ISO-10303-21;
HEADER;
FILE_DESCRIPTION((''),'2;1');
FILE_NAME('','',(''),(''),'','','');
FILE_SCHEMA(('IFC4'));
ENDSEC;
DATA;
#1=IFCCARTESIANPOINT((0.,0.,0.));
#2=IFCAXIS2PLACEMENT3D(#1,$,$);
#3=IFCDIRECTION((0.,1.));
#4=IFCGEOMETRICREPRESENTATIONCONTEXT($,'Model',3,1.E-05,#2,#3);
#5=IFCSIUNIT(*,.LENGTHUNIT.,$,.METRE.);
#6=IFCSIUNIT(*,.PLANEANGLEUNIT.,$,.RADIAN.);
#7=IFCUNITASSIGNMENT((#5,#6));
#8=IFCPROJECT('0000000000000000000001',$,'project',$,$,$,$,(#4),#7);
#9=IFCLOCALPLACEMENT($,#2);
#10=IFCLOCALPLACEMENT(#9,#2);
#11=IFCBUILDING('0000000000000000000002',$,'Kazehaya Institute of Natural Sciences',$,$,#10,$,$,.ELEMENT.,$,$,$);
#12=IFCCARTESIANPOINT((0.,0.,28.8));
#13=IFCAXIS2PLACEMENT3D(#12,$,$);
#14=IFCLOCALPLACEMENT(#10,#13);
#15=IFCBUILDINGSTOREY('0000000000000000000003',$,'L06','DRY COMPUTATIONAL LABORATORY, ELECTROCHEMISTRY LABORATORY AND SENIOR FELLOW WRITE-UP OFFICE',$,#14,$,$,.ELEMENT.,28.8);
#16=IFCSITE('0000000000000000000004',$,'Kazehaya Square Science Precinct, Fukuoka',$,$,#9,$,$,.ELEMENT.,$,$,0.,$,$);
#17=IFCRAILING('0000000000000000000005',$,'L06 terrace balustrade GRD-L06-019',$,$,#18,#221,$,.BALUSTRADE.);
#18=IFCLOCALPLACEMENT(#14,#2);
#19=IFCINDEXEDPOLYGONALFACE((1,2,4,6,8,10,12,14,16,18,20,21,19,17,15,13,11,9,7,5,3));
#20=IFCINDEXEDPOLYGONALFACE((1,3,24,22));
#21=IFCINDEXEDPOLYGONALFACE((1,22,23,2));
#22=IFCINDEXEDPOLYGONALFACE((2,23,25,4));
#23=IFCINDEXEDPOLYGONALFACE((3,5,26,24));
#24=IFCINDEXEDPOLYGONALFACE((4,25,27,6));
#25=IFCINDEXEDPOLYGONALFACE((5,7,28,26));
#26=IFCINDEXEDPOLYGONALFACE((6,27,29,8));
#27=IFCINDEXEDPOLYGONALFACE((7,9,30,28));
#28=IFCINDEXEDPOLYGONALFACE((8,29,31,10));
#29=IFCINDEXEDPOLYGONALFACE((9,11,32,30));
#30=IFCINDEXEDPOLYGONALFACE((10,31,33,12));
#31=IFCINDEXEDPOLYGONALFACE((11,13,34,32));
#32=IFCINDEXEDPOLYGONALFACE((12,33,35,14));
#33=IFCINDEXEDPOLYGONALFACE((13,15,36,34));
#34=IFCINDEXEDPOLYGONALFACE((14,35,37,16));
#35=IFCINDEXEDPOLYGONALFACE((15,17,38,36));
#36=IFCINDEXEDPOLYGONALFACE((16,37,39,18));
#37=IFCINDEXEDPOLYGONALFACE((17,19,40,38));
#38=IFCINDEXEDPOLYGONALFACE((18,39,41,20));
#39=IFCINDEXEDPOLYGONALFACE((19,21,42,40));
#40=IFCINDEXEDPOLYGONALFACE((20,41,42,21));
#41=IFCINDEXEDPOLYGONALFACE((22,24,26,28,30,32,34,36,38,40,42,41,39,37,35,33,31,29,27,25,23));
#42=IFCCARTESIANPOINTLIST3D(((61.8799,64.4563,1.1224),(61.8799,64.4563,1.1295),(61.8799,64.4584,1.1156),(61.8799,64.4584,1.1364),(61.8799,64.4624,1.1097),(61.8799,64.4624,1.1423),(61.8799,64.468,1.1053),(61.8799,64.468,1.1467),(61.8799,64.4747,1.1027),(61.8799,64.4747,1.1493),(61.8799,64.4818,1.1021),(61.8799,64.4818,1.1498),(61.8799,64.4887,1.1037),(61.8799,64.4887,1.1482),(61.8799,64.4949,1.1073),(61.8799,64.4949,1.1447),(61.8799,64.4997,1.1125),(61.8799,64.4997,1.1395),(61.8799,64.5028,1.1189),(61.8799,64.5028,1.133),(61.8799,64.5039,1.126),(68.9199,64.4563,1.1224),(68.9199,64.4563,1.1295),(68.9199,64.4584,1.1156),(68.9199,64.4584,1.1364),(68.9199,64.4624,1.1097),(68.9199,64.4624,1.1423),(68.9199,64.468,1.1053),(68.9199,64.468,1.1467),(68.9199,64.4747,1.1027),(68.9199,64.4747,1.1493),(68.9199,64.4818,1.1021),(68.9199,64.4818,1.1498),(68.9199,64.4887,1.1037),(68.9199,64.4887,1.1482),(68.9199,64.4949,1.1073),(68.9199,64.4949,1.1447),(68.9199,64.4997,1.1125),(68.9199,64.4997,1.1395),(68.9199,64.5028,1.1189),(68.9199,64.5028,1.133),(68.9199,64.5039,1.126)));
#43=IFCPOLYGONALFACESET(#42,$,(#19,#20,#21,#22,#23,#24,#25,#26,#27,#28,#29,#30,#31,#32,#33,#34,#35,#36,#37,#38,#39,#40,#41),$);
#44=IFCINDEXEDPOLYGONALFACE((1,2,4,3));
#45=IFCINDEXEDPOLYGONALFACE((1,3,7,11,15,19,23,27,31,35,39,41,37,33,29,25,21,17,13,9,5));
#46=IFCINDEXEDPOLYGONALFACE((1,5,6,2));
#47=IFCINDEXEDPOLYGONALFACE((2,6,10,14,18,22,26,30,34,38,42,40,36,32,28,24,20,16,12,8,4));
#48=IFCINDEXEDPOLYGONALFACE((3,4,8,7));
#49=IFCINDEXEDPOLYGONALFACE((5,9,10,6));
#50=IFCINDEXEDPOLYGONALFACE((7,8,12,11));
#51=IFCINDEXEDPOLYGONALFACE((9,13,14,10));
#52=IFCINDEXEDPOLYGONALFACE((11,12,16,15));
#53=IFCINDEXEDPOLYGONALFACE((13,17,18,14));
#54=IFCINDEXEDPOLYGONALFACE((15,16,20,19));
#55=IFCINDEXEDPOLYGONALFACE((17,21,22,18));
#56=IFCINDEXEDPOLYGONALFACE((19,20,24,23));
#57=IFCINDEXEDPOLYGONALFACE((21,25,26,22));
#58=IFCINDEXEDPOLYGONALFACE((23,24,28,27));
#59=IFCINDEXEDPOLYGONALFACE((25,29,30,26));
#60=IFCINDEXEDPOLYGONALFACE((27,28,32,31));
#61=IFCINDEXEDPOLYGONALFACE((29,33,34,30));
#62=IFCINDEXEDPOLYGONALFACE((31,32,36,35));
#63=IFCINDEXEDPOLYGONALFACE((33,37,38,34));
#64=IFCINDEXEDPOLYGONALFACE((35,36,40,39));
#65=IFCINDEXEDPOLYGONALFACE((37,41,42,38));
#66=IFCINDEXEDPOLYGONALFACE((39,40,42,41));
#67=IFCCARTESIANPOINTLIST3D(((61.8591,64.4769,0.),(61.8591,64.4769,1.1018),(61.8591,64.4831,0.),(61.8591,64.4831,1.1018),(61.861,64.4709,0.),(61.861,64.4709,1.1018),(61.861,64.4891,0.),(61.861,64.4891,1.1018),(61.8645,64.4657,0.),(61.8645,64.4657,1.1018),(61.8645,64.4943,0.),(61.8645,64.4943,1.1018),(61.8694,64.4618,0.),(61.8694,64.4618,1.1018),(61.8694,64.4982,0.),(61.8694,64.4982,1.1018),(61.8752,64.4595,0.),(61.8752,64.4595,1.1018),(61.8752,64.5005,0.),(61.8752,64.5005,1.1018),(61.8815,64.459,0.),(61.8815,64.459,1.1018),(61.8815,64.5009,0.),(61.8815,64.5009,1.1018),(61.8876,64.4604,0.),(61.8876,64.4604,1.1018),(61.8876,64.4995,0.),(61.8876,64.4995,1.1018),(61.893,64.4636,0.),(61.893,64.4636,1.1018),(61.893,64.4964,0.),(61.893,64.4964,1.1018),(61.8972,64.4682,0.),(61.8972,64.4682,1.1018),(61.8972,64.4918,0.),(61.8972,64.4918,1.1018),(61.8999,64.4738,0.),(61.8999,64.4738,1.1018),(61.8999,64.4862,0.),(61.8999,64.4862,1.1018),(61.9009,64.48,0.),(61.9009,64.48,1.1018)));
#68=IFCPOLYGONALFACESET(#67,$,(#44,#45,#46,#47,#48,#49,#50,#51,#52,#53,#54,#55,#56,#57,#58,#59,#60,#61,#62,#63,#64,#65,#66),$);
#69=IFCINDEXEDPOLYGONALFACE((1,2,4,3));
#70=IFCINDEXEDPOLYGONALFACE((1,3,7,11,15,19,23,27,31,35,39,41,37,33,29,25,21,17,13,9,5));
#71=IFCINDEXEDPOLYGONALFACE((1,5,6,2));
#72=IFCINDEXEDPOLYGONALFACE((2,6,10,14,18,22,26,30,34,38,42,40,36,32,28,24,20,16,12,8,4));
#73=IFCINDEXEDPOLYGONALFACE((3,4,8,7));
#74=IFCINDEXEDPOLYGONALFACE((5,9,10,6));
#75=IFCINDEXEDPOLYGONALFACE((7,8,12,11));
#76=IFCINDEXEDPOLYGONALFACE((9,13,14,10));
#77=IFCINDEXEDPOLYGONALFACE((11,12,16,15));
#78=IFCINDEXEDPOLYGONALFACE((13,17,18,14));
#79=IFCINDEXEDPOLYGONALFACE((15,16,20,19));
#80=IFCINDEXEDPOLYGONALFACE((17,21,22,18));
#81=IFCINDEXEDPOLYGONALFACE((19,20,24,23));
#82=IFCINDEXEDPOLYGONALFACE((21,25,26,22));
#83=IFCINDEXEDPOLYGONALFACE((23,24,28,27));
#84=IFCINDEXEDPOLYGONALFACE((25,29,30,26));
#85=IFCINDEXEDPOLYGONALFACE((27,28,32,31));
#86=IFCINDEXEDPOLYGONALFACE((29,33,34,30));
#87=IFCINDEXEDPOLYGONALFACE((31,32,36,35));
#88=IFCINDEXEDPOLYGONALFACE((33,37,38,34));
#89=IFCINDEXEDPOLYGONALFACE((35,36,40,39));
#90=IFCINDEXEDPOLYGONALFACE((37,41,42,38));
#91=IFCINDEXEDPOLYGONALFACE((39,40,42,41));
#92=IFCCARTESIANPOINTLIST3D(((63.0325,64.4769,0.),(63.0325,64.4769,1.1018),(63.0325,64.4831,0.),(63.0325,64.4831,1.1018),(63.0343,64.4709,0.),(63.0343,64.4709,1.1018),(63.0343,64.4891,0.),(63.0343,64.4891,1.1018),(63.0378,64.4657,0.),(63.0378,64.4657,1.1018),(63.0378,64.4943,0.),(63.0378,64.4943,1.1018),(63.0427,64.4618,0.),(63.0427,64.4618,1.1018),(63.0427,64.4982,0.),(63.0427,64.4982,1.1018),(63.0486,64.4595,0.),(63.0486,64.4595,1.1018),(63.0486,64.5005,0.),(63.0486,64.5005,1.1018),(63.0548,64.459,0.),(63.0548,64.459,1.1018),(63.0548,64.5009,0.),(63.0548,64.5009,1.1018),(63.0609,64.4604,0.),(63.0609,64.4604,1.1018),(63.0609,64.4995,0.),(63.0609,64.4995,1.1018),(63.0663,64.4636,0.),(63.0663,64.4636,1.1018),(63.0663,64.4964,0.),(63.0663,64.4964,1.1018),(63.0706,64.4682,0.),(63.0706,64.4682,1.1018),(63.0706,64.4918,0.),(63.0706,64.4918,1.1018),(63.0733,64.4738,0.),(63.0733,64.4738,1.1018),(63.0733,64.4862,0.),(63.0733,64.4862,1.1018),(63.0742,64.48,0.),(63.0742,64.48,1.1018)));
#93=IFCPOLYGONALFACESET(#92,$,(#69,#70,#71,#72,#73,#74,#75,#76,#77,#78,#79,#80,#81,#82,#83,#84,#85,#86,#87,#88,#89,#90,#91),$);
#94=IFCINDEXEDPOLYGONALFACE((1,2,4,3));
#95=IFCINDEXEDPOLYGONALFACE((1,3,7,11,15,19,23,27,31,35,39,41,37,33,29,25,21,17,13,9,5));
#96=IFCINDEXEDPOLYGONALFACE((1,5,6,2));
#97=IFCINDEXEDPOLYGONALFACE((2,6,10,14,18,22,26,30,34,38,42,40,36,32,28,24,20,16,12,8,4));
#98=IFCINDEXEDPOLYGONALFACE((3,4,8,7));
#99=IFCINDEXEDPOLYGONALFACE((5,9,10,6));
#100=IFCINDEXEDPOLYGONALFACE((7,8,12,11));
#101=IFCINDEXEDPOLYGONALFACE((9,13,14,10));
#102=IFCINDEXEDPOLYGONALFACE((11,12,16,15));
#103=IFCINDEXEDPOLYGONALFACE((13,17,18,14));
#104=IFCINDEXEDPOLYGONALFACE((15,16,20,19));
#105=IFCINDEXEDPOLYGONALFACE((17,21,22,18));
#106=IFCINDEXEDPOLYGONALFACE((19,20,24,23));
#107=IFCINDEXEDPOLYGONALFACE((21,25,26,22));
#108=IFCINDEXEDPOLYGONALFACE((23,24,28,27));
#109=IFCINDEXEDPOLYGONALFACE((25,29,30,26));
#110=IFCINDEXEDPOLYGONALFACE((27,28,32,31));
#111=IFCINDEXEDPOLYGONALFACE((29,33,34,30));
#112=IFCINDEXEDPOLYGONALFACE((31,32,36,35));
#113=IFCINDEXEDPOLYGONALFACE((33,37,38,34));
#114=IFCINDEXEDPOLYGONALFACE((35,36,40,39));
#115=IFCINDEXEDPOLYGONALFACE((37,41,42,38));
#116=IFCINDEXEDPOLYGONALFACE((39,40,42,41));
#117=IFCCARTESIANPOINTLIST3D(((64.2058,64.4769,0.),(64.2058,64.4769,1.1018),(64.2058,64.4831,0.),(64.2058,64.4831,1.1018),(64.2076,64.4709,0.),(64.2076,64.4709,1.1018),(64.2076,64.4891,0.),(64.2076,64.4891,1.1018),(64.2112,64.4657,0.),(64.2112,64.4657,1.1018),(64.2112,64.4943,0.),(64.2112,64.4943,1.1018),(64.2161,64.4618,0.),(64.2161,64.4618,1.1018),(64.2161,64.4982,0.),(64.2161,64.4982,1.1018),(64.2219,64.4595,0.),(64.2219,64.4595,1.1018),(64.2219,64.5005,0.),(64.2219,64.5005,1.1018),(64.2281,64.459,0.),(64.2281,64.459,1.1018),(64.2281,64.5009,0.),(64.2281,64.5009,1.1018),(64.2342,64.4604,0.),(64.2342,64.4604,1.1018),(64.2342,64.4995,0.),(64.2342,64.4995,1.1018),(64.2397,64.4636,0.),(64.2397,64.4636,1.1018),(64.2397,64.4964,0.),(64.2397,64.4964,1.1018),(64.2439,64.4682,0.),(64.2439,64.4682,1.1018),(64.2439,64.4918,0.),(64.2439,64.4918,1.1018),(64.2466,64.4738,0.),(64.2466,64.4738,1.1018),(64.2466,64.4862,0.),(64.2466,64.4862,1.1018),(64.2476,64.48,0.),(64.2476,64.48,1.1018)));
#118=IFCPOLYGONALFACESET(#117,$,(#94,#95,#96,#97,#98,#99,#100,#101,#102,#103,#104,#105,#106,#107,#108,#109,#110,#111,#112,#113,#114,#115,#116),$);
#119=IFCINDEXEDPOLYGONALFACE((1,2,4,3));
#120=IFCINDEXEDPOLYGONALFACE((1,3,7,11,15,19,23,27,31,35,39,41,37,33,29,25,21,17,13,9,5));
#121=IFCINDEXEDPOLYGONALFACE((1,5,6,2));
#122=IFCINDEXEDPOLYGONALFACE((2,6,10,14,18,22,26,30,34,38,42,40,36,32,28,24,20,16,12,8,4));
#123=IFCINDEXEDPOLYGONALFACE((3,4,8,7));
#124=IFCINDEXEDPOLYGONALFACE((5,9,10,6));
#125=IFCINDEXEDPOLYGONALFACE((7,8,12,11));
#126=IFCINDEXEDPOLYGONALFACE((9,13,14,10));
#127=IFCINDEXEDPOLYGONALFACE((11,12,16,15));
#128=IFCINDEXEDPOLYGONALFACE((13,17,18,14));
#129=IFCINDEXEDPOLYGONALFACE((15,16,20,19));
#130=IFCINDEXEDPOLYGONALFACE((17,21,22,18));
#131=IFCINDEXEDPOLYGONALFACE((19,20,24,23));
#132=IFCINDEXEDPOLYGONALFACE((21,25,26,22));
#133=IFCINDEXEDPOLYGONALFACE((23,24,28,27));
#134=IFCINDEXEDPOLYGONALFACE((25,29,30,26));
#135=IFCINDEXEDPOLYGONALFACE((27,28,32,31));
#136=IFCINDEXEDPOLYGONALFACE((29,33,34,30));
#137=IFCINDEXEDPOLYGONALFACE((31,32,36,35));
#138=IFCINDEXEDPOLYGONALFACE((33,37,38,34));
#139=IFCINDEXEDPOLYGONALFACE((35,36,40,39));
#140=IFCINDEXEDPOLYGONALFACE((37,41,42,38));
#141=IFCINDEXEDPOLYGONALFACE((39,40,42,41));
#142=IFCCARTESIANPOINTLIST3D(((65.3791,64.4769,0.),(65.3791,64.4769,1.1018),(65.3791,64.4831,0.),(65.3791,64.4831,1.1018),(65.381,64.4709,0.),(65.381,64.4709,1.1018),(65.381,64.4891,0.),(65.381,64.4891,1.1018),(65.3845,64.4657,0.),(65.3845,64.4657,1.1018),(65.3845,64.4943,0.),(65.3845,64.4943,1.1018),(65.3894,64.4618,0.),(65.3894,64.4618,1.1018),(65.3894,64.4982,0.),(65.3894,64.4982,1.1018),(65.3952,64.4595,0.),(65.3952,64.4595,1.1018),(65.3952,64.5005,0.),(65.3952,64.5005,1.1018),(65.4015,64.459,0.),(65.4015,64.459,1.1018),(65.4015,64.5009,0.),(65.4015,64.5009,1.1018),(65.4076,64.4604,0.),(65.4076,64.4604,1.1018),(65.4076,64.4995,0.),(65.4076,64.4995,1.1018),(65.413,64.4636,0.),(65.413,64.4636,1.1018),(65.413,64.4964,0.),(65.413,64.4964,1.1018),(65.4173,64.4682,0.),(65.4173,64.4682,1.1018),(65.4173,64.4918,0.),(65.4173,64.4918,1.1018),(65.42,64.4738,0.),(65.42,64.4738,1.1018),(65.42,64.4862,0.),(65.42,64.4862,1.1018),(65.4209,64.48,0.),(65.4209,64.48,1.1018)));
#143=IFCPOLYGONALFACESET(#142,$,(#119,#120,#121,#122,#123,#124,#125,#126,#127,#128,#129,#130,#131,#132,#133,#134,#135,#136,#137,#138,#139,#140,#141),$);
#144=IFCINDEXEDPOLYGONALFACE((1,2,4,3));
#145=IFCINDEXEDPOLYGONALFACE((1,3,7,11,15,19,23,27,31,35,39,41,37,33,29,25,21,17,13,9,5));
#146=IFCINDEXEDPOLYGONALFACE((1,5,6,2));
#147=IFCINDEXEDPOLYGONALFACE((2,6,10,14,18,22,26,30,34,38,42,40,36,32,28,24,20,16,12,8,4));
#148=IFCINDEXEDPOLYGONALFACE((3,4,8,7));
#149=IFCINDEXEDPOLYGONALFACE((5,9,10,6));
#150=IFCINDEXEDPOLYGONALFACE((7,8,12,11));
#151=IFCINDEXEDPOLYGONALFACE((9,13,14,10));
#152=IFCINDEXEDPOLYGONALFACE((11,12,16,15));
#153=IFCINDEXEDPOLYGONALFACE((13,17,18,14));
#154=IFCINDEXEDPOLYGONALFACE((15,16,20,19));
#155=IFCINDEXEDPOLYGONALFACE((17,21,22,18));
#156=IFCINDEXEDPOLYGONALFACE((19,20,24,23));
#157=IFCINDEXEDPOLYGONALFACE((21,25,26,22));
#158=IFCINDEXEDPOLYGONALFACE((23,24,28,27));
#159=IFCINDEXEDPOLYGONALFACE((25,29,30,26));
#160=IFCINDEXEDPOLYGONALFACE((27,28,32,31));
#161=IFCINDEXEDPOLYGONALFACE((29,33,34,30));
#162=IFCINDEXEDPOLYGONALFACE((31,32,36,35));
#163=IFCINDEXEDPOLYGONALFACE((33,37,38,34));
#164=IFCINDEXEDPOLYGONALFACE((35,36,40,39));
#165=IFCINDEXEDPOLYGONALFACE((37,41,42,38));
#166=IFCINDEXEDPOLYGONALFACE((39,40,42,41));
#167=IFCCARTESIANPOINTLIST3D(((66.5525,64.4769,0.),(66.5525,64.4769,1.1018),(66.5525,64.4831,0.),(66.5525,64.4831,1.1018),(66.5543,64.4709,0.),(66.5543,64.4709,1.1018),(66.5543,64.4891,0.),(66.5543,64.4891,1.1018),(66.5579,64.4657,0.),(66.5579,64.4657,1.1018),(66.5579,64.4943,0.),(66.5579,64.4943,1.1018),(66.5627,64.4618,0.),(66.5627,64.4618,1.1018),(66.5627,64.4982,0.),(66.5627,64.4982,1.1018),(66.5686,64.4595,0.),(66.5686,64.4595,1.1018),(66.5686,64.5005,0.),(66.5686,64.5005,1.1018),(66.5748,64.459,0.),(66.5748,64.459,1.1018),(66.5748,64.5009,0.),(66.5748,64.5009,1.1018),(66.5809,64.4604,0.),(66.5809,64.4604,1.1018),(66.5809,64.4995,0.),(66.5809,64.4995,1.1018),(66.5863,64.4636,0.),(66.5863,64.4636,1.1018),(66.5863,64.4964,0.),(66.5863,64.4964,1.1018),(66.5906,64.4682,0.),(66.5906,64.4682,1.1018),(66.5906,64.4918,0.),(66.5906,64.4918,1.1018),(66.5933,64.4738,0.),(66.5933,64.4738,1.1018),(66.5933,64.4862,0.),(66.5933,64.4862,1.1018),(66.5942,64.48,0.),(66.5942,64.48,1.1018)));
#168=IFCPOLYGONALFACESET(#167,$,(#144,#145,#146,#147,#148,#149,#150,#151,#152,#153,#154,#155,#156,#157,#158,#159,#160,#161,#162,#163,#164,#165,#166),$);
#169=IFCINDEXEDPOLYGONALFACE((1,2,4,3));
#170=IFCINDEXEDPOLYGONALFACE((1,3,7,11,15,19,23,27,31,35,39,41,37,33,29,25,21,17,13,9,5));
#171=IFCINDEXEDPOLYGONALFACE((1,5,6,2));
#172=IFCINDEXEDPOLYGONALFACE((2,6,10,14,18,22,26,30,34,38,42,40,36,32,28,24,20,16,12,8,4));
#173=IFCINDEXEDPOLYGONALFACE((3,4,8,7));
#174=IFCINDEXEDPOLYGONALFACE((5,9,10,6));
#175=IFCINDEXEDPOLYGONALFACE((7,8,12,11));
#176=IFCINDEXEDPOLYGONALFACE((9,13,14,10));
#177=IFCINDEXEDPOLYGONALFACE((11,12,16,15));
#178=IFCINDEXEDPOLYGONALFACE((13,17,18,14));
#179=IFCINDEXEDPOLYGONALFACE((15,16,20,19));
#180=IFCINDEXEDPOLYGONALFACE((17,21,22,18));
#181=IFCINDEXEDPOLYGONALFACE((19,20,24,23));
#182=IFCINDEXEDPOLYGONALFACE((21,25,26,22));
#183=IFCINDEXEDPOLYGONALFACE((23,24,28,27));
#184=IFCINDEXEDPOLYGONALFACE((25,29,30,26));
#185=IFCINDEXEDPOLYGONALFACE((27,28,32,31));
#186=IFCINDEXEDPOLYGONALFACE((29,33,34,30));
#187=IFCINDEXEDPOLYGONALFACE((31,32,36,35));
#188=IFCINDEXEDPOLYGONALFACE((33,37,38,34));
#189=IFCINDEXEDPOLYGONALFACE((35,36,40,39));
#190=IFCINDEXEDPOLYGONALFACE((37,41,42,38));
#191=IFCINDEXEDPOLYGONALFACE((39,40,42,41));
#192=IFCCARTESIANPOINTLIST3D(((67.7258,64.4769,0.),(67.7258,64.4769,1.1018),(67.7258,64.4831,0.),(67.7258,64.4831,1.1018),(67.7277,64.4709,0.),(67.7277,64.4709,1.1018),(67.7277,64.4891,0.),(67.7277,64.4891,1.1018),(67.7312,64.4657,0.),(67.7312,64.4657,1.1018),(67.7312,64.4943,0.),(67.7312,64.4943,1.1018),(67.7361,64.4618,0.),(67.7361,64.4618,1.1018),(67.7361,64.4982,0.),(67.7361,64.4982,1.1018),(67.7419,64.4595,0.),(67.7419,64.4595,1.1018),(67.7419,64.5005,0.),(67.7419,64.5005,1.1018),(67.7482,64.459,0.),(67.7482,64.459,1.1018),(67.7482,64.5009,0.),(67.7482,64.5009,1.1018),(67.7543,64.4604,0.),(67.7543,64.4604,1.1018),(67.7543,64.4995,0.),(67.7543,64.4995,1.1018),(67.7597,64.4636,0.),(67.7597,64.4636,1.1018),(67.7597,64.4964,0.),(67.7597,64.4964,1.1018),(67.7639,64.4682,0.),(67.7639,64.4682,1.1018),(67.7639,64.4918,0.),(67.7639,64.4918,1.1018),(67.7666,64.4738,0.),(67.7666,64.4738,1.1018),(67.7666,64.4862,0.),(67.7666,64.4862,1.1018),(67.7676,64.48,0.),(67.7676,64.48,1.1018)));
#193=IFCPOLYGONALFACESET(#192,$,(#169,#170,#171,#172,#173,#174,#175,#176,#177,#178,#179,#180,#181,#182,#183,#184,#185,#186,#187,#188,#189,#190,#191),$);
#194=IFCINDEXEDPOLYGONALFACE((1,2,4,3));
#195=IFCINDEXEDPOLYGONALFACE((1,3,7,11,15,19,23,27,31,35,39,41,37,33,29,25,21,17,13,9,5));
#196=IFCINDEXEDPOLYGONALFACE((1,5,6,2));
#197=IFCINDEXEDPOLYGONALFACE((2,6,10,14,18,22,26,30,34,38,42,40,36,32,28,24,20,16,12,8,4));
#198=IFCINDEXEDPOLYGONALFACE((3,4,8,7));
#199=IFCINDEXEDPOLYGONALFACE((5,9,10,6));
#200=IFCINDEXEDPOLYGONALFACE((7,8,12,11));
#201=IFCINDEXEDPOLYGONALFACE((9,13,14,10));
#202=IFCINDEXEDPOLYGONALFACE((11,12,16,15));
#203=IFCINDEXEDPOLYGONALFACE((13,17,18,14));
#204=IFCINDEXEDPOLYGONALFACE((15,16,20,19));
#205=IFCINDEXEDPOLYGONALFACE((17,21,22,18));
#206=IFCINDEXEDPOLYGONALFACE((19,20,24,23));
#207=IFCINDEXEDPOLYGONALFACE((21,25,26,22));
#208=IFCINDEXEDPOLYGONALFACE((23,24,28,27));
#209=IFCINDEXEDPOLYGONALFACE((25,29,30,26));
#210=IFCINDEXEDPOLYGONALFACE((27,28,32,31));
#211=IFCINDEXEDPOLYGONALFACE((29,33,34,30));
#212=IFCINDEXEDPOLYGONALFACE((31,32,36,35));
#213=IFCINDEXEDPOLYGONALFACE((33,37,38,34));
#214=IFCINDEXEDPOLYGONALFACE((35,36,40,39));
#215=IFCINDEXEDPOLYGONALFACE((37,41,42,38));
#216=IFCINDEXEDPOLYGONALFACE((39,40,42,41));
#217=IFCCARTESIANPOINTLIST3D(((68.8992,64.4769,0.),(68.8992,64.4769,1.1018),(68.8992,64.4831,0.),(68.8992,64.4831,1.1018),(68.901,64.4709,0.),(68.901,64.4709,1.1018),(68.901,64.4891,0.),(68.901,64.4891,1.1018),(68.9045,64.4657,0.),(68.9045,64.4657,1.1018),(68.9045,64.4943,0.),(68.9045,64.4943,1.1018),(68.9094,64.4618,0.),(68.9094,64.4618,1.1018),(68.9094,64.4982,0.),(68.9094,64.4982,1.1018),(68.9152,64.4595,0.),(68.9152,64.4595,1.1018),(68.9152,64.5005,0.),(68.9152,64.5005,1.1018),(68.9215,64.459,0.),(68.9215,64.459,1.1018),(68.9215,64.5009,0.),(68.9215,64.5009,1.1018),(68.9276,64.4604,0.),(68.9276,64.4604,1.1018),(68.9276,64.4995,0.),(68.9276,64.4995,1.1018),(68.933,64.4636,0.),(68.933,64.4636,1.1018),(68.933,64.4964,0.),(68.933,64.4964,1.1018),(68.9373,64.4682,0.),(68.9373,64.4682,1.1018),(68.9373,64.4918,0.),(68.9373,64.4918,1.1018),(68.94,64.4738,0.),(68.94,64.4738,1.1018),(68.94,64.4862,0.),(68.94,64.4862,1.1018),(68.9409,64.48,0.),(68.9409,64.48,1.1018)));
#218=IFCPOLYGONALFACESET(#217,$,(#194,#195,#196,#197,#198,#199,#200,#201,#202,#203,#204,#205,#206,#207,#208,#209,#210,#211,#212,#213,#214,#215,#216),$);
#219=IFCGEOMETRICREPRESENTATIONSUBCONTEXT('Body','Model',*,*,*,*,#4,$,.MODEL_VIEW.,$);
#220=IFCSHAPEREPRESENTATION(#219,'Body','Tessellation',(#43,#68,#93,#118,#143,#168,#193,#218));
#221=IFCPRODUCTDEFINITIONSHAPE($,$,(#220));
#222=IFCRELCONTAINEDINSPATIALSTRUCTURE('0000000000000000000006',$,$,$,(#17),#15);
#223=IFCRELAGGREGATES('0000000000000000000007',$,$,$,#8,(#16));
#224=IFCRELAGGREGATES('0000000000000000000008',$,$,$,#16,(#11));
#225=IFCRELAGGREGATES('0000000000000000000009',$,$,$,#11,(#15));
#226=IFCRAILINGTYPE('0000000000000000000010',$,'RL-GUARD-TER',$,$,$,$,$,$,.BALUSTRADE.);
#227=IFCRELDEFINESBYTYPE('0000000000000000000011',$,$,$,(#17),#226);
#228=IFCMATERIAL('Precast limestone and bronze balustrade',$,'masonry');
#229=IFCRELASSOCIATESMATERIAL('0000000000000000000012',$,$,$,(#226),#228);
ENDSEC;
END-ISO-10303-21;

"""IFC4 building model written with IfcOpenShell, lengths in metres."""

from ifc_helpers import new_model, si_unit, direction, frame, origin, origin_2d, place, context, subcontext, project, spatial, circle, extrude, material, type_object, element, save


model = new_model("IFC4")

# Units and contexts
model_context = context("Model", 3, precision=1e-05, world=origin(), true_north=direction((0.0, 1.0)))
body_context = subcontext(model_context, "Body", "Model", "MODEL_VIEW")
ifc_project = project(units=[si_unit("LENGTHUNIT", "METRE"), si_unit("PLANEANGLEUNIT", "RADIAN")], contexts=[model_context])

# Site, building, storey
site_placement = place(None, origin())
site = spatial("IfcSite", under=ifc_project, at=site_placement, Name="Kazehaya Square Science Precinct, Fukuoka", CompositionType="ELEMENT", RefElevation=0.0)
building_placement = place(site_placement, origin())
building = spatial("IfcBuilding", under=site, at=building_placement, Name="Kazehaya Institute of Natural Sciences", CompositionType="ELEMENT")
storey_placement = place(building_placement, frame((0.0, 0.0, 28.8)))
storey = spatial("IfcBuildingStorey", under=building, at=storey_placement, Name="L06", Description="DRY COMPUTATIONAL LABORATORY, ELECTROCHEMISTRY LABORATORY AND SENIOR FELLOW WRITE-UP OFFICE", CompositionType="ELEMENT", Elevation=28.8)

# Railing
ifc_material_1 = material(Name="Precast limestone and bronze balustrade", Category="masonry")
railing_type = type_object("IfcRailingType", Name="RL-GUARD-TER", PredefinedType="BALUSTRADE", material=ifc_material_1)
railing_1_placement = place(storey_placement, frame((61.8799, 64.48, 0.0)))
element("IfcRailing", 1, at=railing_1_placement, inside=storey, type_object=railing_type, Name="L06 terrace balustrade GRD-L06-019", PredefinedType="BALUSTRADE", context=body_context, shape_type="SweptSolid", body=[
    extrude(circle(Radius=0.0239, at=origin_2d()), frame((0.0, 0.0, 1.126), z_axis=(1.0, 0.0, 0.0), x_axis=(0.0, 1.0, 0.0)), (0.0, 0.0, 1.0), 7.04),
    extrude(circle(Radius=0.021, at=origin_2d()), origin(), (0.0, 0.0, 1.0), 1.1018),
    extrude(circle(Radius=0.021, at=origin_2d()), frame((1.1733, 0.0, 0.0)), (0.0, 0.0, 1.0), 1.1018),
    extrude(circle(Radius=0.021, at=origin_2d()), frame((2.3467, 0.0, 0.0)), (0.0, 0.0, 1.0), 1.1018),
    extrude(circle(Radius=0.021, at=origin_2d()), frame((3.52, 0.0, 0.0)), (0.0, 0.0, 1.0), 1.1018),
    extrude(circle(Radius=0.021, at=origin_2d()), frame((4.6934, 0.0, 0.0)), (0.0, 0.0, 1.0), 1.1018),
    extrude(circle(Radius=0.021, at=origin_2d()), frame((5.8667, 0.0, 0.0)), (0.0, 0.0, 1.0), 1.1018),
    extrude(circle(Radius=0.021, at=origin_2d()), frame((7.04, 0.0, 0.0)), (0.0, 0.0, 1.0), 1.1018),
])

save(model, "model.ifc")
